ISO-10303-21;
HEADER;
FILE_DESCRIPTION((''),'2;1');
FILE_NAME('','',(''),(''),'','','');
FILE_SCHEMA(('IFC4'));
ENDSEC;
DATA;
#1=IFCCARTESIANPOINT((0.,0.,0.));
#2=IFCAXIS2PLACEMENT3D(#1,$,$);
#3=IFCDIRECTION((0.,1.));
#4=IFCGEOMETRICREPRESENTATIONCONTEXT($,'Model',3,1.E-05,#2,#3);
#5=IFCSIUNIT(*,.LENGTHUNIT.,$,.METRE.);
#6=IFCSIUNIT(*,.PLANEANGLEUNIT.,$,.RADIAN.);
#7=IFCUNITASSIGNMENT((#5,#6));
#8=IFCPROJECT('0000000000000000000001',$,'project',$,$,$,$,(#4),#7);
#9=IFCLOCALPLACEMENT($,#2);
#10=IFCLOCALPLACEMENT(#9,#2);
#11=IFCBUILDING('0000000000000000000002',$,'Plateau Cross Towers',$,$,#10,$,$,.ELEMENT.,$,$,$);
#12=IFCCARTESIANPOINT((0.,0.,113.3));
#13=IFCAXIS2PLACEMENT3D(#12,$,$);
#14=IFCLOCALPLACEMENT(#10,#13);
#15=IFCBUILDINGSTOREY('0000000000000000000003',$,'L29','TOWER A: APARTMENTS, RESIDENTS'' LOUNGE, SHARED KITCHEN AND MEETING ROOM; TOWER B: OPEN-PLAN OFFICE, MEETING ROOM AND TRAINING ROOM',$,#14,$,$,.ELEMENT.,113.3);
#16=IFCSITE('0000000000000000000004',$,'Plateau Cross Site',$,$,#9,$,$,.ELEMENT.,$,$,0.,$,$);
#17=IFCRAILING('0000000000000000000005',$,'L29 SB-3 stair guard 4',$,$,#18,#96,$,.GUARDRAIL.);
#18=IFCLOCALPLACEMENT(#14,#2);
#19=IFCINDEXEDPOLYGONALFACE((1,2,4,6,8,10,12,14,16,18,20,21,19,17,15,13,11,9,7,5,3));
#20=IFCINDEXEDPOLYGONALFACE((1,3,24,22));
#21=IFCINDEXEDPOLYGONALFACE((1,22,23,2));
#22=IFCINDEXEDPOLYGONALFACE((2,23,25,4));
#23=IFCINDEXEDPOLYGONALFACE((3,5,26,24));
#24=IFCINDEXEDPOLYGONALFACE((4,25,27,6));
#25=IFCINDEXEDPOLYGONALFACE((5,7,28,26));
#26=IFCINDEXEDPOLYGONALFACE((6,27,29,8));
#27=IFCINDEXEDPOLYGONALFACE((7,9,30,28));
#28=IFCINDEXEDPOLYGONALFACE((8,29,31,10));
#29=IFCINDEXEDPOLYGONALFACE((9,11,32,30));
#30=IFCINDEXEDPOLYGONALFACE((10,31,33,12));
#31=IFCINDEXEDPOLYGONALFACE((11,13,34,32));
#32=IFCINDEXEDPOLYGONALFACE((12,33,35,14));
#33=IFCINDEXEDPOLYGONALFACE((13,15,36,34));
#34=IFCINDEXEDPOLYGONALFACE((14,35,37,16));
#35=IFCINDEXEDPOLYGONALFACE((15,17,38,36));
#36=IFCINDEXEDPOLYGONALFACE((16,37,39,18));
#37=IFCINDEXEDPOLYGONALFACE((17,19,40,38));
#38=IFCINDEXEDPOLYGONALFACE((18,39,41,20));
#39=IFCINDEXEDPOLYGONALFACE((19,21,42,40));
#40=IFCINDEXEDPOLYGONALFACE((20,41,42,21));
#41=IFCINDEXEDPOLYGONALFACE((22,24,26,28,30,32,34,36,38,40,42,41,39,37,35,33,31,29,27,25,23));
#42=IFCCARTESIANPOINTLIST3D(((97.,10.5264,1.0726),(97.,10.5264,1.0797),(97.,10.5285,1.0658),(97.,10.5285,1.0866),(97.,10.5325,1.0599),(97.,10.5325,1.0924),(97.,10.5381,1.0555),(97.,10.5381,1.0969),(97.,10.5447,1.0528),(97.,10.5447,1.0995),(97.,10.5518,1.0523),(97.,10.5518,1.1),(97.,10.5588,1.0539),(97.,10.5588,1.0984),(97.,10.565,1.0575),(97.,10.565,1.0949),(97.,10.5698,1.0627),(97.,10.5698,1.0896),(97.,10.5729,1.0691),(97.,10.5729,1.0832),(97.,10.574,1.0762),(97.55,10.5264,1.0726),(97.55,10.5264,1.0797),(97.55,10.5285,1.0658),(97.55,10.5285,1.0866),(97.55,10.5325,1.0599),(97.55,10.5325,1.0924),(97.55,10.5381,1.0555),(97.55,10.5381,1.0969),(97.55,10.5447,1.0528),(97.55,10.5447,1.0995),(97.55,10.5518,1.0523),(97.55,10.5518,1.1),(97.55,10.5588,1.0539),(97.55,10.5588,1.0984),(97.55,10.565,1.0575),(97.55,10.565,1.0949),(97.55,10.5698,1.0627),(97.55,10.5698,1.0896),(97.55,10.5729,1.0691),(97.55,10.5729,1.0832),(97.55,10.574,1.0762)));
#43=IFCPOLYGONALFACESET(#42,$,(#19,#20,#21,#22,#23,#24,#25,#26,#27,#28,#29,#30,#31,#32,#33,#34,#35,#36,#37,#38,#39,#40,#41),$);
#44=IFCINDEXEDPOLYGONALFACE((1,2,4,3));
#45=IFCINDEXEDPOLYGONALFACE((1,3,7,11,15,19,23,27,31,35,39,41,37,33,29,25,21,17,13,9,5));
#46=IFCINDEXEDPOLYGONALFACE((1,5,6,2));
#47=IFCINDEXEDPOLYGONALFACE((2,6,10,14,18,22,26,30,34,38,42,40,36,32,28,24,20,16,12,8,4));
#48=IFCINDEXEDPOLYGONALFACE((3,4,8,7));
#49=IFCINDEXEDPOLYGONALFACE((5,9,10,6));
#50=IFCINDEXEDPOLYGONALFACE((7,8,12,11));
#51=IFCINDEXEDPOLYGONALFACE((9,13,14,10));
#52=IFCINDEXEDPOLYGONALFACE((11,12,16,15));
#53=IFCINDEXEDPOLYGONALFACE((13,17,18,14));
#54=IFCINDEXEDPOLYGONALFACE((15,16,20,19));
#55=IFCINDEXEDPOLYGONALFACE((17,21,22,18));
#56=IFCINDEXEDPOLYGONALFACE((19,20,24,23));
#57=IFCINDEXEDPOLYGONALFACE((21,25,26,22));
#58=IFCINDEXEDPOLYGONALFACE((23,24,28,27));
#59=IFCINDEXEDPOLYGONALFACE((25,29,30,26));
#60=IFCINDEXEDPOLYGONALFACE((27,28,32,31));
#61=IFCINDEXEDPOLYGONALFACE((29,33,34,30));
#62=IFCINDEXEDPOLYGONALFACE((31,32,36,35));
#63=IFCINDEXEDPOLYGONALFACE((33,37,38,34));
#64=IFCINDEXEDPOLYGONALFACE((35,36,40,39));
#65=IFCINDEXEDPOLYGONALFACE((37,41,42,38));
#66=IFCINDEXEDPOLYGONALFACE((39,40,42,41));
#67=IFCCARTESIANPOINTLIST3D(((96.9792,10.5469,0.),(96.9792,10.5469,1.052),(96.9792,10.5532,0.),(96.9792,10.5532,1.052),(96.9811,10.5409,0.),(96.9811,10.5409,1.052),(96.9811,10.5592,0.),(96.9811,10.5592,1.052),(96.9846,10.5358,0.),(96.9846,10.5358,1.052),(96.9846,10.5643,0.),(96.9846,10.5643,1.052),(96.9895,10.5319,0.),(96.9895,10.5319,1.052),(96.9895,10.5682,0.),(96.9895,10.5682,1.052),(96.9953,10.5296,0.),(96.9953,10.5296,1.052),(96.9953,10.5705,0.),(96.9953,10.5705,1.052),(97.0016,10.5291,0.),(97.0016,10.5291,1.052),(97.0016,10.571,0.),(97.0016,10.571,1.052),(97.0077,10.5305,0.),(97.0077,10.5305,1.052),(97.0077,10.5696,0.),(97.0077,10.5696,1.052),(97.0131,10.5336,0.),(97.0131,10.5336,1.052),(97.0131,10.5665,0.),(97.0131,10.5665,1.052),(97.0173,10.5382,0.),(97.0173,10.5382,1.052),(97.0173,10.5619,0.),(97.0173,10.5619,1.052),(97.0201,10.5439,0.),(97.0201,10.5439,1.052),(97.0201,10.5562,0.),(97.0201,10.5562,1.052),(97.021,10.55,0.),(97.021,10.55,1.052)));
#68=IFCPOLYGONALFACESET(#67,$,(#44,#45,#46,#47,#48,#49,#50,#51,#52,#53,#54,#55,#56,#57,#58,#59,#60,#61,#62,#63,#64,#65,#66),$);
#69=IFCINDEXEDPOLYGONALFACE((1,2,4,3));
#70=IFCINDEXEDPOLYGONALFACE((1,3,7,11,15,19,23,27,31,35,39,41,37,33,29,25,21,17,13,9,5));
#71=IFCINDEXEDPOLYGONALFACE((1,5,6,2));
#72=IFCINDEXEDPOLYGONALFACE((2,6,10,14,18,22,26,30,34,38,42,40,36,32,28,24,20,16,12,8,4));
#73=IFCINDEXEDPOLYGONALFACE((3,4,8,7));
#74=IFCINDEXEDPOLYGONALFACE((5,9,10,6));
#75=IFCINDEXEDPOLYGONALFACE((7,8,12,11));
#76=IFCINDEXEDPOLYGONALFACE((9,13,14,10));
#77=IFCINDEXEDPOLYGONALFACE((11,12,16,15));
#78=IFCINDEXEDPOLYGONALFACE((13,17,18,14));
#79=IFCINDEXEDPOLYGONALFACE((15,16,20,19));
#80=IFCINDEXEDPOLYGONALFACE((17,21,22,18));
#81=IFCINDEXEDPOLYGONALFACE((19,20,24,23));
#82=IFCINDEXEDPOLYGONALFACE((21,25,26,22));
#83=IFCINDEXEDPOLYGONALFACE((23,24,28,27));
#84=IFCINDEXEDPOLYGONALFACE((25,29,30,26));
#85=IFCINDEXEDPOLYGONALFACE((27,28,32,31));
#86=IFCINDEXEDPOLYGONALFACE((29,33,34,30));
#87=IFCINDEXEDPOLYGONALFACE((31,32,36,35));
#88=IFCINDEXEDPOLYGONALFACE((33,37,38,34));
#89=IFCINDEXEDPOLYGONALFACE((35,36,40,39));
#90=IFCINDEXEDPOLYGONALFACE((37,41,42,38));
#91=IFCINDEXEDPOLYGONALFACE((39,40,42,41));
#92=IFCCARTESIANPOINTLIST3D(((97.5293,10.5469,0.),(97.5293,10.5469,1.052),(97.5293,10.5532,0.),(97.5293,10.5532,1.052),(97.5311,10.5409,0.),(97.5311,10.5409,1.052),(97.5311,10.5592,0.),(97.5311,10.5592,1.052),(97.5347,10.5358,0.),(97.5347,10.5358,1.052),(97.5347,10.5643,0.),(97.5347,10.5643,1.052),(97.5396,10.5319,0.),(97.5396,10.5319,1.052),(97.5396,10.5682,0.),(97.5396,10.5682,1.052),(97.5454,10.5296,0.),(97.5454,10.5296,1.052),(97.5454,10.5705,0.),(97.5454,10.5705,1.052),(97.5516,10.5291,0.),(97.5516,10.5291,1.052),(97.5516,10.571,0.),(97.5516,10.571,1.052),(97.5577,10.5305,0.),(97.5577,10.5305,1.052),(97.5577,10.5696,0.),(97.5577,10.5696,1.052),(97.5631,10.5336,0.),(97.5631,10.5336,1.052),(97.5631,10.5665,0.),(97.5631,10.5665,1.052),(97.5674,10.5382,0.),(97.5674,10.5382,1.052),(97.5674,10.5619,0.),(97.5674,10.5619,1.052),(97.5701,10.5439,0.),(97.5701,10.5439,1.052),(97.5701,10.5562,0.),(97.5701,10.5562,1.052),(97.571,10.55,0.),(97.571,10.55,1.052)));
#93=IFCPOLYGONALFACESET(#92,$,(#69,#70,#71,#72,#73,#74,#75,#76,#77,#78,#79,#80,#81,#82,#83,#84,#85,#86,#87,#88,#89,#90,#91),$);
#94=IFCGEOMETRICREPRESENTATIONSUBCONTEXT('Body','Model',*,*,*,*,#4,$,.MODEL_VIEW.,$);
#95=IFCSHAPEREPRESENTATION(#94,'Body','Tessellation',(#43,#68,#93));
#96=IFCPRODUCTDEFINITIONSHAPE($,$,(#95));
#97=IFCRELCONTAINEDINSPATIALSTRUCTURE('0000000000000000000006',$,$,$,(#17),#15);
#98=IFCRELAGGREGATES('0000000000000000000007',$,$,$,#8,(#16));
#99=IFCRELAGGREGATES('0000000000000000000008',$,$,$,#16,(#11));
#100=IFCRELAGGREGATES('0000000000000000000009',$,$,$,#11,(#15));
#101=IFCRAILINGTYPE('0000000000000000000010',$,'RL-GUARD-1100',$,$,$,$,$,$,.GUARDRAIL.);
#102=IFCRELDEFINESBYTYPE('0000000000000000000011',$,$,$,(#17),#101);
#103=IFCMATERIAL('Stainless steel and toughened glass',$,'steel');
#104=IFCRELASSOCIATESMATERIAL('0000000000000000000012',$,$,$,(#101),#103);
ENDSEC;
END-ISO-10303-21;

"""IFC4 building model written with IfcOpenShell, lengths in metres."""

from ifc_helpers import new_model, si_unit, direction, frame, origin, origin_2d, place, context, subcontext, project, spatial, circle, extrude, material, type_object, element, save


model = new_model("IFC4")

# Units and contexts
model_context = context("Model", 3, precision=1e-05, world=origin(), true_north=direction((0.0, 1.0)))
body_context = subcontext(model_context, "Body", "Model", "MODEL_VIEW")
ifc_project = project(units=[si_unit("LENGTHUNIT", "METRE"), si_unit("PLANEANGLEUNIT", "RADIAN")], contexts=[model_context])

# Site, building, storey
site_placement = place(None, origin())
site = spatial("IfcSite", under=ifc_project, at=site_placement, Name="Plateau Cross Site", CompositionType="ELEMENT", RefElevation=0.0)
building_placement = place(site_placement, origin())
building = spatial("IfcBuilding", under=site, at=building_placement, Name="Plateau Cross Towers", CompositionType="ELEMENT")
storey_placement = place(building_placement, frame((0.0, 0.0, 113.3)))
storey = spatial("IfcBuildingStorey", under=building, at=storey_placement, Name="L29", Description="TOWER A: APARTMENTS, RESIDENTS' LOUNGE, SHARED KITCHEN AND MEETING ROOM; TOWER B: OPEN-PLAN OFFICE, MEETING ROOM AND TRAINING ROOM", CompositionType="ELEMENT", Elevation=113.3)

# Railing
ifc_material_1 = material(Name="Stainless steel and toughened glass", Category="steel")
railing_type_1 = type_object("IfcRailingType", Name="RL-GUARD-1100", PredefinedType="GUARDRAIL", material=ifc_material_1)
railing_1_placement = place(storey_placement, frame((97.0, 10.55, 0.0)))
element("IfcRailing", 1, at=railing_1_placement, inside=storey, type_object=railing_type_1, Name="L29 SB-3 stair guard 4", PredefinedType="GUARDRAIL", context=body_context, shape_type="SweptSolid", body=[
    extrude(circle(Radius=0.0239, at=origin_2d()), frame((0.0, 0.0, 1.0762), z_axis=(1.0, 0.0, 0.0), x_axis=(0.0, 1.0, 0.0)), (0.0, 0.0, 1.0), 0.55),
    extrude(circle(Radius=0.021, at=origin_2d()), origin(), (0.0, 0.0, 1.0), 1.052),
    extrude(circle(Radius=0.021, at=origin_2d()), frame((0.55, 0.0, 0.0)), (0.0, 0.0, 1.0), 1.052),
])

save(model, "model.ifc")
